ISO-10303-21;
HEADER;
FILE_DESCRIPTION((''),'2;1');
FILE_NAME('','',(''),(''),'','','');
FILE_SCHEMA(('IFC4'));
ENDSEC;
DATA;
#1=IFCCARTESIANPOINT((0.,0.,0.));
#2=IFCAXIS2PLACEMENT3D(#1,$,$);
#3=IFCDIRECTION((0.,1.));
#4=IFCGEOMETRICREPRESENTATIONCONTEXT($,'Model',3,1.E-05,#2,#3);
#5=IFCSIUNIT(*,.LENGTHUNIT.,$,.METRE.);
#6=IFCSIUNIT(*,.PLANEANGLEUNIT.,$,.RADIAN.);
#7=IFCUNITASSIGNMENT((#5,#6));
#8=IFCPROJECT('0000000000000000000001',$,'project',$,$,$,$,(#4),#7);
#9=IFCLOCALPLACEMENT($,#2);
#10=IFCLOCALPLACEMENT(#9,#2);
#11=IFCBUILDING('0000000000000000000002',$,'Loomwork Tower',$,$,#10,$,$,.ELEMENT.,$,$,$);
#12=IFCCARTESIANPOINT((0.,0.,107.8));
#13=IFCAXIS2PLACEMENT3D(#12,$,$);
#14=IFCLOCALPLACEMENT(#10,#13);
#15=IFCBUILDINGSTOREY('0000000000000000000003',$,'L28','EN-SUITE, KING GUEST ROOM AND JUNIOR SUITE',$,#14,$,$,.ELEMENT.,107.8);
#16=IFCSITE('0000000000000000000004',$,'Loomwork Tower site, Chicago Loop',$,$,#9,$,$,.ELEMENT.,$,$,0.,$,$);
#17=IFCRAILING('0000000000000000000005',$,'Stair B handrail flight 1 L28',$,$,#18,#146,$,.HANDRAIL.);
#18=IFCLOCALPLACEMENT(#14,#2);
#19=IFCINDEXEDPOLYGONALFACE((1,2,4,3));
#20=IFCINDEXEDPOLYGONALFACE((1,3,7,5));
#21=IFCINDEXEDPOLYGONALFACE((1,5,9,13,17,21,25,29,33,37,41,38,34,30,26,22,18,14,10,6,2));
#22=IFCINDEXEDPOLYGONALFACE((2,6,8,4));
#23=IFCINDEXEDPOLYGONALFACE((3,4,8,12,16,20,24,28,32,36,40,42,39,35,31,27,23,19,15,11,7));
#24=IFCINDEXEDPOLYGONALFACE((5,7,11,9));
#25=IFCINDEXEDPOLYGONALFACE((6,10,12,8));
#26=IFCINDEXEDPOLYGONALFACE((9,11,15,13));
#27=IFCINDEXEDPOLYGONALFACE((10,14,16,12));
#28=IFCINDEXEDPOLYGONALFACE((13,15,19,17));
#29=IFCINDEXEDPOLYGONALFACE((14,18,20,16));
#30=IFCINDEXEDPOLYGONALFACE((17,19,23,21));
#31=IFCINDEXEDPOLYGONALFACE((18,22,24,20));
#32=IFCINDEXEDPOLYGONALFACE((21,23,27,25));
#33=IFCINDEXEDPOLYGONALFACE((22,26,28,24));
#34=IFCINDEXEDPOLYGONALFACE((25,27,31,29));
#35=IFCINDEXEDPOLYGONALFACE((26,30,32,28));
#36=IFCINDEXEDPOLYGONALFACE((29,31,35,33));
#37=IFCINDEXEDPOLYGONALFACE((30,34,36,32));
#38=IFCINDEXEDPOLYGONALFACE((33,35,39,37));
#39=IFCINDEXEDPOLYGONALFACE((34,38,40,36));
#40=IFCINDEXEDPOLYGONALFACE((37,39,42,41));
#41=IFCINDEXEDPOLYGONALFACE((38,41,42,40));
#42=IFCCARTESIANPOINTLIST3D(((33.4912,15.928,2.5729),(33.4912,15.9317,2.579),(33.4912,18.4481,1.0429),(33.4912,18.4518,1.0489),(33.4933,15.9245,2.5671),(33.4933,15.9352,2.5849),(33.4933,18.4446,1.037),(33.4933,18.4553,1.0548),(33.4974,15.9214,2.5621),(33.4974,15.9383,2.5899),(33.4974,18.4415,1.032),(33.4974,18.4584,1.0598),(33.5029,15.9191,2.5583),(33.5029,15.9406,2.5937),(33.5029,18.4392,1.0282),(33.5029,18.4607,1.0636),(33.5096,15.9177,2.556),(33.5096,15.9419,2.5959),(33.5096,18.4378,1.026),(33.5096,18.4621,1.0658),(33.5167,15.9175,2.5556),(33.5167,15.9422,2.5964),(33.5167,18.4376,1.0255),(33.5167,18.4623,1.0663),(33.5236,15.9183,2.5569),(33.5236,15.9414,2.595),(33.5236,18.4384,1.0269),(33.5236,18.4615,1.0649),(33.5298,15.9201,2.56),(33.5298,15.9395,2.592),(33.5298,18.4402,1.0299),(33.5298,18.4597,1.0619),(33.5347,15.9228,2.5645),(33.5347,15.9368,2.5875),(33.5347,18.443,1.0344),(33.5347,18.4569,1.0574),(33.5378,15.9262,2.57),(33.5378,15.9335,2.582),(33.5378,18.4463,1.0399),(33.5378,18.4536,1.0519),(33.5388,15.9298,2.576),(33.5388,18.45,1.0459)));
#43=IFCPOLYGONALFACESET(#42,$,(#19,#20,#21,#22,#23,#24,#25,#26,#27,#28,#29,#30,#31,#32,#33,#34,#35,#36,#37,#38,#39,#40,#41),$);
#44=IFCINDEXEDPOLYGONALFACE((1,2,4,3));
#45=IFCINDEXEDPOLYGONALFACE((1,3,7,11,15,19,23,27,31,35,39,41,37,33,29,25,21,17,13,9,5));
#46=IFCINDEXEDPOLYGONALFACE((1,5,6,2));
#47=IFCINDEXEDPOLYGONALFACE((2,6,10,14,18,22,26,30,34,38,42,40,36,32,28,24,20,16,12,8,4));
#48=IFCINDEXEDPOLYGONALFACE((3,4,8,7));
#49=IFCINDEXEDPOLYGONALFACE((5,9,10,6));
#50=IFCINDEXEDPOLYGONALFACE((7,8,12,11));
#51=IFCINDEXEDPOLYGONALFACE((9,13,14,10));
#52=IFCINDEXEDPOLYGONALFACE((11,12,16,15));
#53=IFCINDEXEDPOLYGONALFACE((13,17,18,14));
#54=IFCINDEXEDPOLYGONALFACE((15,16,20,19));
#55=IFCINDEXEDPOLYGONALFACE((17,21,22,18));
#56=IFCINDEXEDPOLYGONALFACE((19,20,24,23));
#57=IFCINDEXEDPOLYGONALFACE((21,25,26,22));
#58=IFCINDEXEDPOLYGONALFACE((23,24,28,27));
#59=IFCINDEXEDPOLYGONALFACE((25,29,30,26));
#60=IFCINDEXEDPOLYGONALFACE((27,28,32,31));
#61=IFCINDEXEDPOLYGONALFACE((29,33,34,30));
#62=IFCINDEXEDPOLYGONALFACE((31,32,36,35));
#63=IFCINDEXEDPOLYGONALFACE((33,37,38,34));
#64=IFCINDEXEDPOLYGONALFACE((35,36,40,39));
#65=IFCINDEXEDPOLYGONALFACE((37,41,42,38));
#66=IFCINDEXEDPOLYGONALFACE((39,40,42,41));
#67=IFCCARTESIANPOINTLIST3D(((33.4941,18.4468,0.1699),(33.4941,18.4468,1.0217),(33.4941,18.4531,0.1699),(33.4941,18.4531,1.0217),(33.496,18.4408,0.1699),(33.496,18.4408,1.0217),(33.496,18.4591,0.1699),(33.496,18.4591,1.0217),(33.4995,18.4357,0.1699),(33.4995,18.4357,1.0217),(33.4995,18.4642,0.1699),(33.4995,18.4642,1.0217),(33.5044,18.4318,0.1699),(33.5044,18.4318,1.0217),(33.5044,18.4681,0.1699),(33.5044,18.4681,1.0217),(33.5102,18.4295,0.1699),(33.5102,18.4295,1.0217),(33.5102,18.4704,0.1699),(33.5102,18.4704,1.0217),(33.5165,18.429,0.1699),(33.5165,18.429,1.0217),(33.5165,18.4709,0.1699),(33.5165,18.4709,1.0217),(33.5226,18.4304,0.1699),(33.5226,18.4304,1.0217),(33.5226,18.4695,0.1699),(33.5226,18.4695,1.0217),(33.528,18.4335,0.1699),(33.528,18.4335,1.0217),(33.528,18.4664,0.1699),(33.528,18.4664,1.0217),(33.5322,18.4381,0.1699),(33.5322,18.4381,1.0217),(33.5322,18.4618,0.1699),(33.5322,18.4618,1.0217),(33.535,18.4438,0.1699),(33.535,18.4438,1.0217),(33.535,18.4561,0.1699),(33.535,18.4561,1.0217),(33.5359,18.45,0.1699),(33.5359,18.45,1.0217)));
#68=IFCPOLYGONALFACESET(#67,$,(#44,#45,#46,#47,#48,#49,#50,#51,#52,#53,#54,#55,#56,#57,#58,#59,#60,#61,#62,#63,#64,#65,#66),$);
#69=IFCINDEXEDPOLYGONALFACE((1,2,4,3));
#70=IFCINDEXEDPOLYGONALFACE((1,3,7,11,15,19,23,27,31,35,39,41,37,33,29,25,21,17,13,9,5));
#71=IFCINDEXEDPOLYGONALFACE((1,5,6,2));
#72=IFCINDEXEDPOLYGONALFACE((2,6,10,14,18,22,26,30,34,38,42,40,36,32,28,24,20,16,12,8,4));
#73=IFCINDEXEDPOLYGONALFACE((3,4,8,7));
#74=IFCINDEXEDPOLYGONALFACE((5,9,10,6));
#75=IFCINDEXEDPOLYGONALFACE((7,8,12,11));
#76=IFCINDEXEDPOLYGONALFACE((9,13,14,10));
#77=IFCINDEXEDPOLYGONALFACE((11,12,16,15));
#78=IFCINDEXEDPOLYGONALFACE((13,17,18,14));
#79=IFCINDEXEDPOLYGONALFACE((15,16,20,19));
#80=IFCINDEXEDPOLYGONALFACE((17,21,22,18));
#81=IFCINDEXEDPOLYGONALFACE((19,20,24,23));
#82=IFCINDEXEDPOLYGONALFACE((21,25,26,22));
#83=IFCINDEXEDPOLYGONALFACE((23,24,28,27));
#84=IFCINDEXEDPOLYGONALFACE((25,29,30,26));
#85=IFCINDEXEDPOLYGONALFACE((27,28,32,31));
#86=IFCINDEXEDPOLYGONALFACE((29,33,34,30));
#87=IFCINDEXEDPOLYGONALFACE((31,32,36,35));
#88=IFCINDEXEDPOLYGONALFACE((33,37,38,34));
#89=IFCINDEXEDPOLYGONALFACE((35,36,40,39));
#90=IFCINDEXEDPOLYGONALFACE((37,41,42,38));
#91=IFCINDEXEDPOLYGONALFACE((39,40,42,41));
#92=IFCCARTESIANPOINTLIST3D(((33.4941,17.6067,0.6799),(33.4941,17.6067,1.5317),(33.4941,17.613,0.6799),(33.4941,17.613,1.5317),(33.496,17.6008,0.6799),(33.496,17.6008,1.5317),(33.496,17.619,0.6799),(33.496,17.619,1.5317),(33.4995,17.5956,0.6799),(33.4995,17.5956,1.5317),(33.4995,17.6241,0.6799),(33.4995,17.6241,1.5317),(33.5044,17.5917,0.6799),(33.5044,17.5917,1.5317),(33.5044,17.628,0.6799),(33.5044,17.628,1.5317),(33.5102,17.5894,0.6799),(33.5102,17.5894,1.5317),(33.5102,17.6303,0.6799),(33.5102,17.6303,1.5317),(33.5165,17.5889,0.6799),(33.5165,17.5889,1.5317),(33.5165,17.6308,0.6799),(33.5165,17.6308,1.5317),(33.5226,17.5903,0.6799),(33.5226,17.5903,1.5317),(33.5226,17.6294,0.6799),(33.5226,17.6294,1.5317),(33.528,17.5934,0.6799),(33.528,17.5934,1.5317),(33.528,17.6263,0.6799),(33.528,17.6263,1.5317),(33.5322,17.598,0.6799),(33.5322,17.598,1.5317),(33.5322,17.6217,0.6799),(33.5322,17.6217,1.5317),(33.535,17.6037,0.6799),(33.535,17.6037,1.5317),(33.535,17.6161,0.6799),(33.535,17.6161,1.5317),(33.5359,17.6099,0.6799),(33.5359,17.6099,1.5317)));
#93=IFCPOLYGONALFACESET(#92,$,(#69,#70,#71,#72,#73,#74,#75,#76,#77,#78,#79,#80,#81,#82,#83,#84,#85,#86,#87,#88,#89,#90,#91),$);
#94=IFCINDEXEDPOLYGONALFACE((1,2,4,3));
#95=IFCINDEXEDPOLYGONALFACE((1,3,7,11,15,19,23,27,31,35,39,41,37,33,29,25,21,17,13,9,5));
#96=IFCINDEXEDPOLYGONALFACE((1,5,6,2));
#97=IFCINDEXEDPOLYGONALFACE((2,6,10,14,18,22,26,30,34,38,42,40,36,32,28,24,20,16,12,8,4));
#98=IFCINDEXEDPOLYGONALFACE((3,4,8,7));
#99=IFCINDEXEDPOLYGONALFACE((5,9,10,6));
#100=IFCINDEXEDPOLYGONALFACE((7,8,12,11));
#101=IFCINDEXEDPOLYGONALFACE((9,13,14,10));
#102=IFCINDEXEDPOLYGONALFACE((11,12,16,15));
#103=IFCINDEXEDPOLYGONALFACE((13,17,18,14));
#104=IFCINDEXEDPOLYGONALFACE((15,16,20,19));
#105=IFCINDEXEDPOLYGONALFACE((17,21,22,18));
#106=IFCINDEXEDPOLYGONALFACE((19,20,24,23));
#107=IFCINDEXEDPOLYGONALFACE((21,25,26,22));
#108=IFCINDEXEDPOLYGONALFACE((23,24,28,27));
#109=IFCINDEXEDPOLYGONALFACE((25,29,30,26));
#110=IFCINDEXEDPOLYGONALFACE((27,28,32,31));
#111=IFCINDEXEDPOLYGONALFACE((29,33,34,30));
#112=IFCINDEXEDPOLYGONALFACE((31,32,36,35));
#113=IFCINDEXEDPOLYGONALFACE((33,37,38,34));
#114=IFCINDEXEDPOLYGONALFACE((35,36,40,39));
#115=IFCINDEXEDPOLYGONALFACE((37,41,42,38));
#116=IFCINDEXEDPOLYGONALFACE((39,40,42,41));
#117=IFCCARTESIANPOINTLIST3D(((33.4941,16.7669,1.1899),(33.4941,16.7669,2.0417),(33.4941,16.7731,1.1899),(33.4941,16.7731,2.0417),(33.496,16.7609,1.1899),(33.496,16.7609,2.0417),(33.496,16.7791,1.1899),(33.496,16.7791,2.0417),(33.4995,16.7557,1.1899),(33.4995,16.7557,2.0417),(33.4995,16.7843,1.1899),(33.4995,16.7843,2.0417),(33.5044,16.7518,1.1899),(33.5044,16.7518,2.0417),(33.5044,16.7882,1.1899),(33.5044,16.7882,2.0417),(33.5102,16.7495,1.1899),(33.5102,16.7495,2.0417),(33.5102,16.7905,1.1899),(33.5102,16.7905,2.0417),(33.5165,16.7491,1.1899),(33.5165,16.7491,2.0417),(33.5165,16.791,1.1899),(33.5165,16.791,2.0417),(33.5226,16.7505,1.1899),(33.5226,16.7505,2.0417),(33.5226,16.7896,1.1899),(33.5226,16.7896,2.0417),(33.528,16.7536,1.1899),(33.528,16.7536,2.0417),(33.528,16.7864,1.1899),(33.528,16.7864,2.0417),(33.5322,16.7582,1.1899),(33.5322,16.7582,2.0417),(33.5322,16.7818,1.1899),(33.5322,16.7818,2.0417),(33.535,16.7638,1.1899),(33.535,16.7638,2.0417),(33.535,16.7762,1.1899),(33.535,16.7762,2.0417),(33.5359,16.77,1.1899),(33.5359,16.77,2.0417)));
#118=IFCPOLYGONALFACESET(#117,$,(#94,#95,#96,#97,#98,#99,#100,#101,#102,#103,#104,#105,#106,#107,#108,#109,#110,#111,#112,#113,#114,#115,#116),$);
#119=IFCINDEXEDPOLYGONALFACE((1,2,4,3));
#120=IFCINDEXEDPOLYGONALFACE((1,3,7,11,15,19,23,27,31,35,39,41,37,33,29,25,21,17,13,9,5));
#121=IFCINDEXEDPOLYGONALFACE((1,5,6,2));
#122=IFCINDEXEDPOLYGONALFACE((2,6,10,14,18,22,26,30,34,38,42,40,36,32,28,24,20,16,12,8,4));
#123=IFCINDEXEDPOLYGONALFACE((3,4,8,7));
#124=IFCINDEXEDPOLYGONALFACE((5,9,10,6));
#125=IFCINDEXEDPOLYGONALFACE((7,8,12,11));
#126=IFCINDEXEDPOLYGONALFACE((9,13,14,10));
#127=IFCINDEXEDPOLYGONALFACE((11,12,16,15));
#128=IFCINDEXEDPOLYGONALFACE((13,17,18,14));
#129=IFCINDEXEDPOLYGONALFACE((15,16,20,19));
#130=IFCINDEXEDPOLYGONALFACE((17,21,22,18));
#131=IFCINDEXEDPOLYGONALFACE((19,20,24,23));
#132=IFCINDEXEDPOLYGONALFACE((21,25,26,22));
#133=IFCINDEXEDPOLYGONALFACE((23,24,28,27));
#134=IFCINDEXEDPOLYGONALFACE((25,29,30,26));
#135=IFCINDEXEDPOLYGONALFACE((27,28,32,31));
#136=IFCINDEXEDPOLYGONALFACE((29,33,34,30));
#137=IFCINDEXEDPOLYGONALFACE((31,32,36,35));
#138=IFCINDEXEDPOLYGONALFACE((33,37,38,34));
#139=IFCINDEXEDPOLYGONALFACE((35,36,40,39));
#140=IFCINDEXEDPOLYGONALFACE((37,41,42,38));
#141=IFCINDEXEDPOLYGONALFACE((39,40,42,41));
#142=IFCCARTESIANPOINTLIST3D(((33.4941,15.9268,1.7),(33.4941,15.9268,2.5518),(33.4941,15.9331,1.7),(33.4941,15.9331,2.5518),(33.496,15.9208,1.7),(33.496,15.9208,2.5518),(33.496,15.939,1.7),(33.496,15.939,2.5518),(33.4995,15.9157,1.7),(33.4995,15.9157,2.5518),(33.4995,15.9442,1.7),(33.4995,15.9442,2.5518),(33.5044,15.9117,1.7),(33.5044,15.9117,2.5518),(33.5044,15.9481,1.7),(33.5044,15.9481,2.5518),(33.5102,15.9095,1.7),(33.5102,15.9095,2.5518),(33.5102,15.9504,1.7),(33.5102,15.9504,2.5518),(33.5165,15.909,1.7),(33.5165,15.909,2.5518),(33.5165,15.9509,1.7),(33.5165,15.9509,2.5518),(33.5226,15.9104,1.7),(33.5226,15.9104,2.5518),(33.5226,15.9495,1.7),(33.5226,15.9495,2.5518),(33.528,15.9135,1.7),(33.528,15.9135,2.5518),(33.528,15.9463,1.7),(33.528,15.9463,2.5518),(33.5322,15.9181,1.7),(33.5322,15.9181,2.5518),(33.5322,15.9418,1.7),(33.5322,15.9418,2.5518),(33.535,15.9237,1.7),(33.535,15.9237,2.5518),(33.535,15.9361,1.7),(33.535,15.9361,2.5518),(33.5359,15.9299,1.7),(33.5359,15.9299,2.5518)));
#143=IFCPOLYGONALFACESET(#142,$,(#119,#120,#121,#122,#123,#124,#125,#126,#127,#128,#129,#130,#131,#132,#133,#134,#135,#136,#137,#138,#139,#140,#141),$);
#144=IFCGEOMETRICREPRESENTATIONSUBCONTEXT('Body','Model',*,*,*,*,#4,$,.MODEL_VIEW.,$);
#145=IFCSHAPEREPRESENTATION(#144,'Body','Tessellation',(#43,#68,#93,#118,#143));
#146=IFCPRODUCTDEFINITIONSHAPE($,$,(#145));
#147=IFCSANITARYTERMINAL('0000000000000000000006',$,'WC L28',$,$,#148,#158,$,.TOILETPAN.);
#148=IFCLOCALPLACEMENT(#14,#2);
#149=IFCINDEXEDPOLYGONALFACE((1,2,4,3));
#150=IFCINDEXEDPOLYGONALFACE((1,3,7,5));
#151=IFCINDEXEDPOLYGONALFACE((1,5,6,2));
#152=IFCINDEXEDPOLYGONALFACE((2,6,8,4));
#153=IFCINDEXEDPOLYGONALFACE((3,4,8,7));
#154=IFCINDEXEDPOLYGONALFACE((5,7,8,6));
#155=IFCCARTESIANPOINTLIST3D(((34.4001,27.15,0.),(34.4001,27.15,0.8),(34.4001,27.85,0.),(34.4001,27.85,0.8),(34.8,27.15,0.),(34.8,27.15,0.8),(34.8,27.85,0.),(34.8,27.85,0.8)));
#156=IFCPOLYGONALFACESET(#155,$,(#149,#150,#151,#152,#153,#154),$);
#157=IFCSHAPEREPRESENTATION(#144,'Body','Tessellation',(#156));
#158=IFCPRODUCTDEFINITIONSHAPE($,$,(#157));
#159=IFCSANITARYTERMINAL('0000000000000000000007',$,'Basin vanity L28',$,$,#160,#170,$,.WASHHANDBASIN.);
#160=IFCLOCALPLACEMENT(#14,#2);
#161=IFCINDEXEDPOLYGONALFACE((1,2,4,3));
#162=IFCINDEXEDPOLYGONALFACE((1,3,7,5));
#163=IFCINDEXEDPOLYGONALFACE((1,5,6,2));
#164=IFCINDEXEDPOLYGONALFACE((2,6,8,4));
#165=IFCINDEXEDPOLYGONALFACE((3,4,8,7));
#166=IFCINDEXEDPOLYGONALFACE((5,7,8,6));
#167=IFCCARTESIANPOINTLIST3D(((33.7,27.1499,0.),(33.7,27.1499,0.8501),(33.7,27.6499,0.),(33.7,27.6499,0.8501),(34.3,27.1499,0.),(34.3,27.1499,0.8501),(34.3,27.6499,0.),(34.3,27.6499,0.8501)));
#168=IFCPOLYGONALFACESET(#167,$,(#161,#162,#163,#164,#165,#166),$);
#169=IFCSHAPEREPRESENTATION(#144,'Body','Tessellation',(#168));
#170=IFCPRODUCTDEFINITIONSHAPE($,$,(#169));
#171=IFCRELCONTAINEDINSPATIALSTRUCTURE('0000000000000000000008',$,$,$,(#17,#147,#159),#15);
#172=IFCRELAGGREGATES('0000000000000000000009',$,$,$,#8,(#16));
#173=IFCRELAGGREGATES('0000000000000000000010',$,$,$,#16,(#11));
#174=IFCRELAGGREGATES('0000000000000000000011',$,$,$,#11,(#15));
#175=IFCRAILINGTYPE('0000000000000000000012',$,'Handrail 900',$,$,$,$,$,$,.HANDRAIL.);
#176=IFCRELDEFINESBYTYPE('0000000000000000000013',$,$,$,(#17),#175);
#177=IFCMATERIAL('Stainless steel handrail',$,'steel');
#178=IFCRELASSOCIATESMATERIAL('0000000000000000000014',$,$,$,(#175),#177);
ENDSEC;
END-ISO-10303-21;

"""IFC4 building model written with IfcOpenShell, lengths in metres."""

from ifc_helpers import new_model, si_unit, direction, frame, origin, origin_2d, place, context, subcontext, project, spatial, rectangle, circle, extrude, material, type_object, element, save


model = new_model("IFC4")

# Units and contexts
model_context = context("Model", 3, precision=1e-05, world=origin(), true_north=direction((0.0, 1.0)))
body_context = subcontext(model_context, "Body", "Model", "MODEL_VIEW")
ifc_project = project(units=[si_unit("LENGTHUNIT", "METRE"), si_unit("PLANEANGLEUNIT", "RADIAN")], contexts=[model_context])

# Site, building, storey
site_placement = place(None, origin())
site = spatial("IfcSite", under=ifc_project, at=site_placement, Name="Loomwork Tower site, Chicago Loop", CompositionType="ELEMENT", RefElevation=0.0)
building_placement = place(site_placement, origin())
building = spatial("IfcBuilding", under=site, at=building_placement, Name="Loomwork Tower", CompositionType="ELEMENT")
storey_placement = place(building_placement, frame((0.0, 0.0, 107.8)))
storey = spatial("IfcBuildingStorey", under=building, at=storey_placement, Name="L28", Description="EN-SUITE, KING GUEST ROOM AND JUNIOR SUITE", CompositionType="ELEMENT", Elevation=107.8)

# Railing
ifc_material_1 = material(Name="Stainless steel handrail", Category="steel")
railing_type = type_object("IfcRailingType", Name="Handrail 900", PredefinedType="HANDRAIL", material=ifc_material_1)
railing_placement = place(storey_placement, frame((33.5149, 18.45, 0.1699)))
element("IfcRailing", 1, at=railing_placement, inside=storey, type_object=railing_type, Name="Stair B handrail flight 1 L28", PredefinedType="HANDRAIL", context=body_context, shape_type="SweptSolid", body=[
    extrude(circle(Radius=0.0239, at=origin_2d()), frame((0.0, 0.0, 0.876), z_axis=(0.0, -0.854785, 0.518982), x_axis=(1.0, 0.0, 0.0)), (0.0, 0.0, 1.0), 2.9482),
    extrude(circle(Radius=0.021, at=origin_2d()), origin(), (0.0, 0.0, 1.0), 0.8518),
    extrude(circle(Radius=0.021, at=origin_2d()), frame((0.0, -0.8401, 0.51)), (0.0, 0.0, 1.0), 0.8518),
    extrude(circle(Radius=0.021, at=origin_2d()), frame((0.0, -1.6799, 1.02)), (0.0, 0.0, 1.0), 0.8518),
    extrude(circle(Radius=0.021, at=origin_2d()), frame((0.0, -2.52, 1.53)), (0.0, 0.0, 1.0), 0.8518),
])

# Sanitary terminals
sanitary_terminal_1_placement = place(storey_placement, frame((34.6001, 27.5, 0.0), z_axis=(0.0, 0.0, 1.0), x_axis=(1.0, 0.0, 0.0)))
element("IfcSanitaryTerminal", 2, at=sanitary_terminal_1_placement, inside=storey, Name="WC L28", PredefinedType="TOILETPAN", context=body_context, shape_type="SweptSolid", body=[
    extrude(rectangle(XDim=0.3999, YDim=0.7, at=origin_2d()), origin(), (0.0, 0.0, 1.0), 0.8),
])
sanitary_terminal_2_placement = place(storey_placement, frame((34.0, 27.3999, 0.0), z_axis=(0.0, 0.0, 1.0), x_axis=(1.0, 0.0, 0.0)))
element("IfcSanitaryTerminal", 3, at=sanitary_terminal_2_placement, inside=storey, Name="Basin vanity L28", PredefinedType="WASHHANDBASIN", context=body_context, shape_type="SweptSolid", body=[
    extrude(rectangle(XDim=0.6001, YDim=0.5, at=origin_2d()), origin(), (0.0, 0.0, 1.0), 0.8501),
])

save(model, "model.ifc")
